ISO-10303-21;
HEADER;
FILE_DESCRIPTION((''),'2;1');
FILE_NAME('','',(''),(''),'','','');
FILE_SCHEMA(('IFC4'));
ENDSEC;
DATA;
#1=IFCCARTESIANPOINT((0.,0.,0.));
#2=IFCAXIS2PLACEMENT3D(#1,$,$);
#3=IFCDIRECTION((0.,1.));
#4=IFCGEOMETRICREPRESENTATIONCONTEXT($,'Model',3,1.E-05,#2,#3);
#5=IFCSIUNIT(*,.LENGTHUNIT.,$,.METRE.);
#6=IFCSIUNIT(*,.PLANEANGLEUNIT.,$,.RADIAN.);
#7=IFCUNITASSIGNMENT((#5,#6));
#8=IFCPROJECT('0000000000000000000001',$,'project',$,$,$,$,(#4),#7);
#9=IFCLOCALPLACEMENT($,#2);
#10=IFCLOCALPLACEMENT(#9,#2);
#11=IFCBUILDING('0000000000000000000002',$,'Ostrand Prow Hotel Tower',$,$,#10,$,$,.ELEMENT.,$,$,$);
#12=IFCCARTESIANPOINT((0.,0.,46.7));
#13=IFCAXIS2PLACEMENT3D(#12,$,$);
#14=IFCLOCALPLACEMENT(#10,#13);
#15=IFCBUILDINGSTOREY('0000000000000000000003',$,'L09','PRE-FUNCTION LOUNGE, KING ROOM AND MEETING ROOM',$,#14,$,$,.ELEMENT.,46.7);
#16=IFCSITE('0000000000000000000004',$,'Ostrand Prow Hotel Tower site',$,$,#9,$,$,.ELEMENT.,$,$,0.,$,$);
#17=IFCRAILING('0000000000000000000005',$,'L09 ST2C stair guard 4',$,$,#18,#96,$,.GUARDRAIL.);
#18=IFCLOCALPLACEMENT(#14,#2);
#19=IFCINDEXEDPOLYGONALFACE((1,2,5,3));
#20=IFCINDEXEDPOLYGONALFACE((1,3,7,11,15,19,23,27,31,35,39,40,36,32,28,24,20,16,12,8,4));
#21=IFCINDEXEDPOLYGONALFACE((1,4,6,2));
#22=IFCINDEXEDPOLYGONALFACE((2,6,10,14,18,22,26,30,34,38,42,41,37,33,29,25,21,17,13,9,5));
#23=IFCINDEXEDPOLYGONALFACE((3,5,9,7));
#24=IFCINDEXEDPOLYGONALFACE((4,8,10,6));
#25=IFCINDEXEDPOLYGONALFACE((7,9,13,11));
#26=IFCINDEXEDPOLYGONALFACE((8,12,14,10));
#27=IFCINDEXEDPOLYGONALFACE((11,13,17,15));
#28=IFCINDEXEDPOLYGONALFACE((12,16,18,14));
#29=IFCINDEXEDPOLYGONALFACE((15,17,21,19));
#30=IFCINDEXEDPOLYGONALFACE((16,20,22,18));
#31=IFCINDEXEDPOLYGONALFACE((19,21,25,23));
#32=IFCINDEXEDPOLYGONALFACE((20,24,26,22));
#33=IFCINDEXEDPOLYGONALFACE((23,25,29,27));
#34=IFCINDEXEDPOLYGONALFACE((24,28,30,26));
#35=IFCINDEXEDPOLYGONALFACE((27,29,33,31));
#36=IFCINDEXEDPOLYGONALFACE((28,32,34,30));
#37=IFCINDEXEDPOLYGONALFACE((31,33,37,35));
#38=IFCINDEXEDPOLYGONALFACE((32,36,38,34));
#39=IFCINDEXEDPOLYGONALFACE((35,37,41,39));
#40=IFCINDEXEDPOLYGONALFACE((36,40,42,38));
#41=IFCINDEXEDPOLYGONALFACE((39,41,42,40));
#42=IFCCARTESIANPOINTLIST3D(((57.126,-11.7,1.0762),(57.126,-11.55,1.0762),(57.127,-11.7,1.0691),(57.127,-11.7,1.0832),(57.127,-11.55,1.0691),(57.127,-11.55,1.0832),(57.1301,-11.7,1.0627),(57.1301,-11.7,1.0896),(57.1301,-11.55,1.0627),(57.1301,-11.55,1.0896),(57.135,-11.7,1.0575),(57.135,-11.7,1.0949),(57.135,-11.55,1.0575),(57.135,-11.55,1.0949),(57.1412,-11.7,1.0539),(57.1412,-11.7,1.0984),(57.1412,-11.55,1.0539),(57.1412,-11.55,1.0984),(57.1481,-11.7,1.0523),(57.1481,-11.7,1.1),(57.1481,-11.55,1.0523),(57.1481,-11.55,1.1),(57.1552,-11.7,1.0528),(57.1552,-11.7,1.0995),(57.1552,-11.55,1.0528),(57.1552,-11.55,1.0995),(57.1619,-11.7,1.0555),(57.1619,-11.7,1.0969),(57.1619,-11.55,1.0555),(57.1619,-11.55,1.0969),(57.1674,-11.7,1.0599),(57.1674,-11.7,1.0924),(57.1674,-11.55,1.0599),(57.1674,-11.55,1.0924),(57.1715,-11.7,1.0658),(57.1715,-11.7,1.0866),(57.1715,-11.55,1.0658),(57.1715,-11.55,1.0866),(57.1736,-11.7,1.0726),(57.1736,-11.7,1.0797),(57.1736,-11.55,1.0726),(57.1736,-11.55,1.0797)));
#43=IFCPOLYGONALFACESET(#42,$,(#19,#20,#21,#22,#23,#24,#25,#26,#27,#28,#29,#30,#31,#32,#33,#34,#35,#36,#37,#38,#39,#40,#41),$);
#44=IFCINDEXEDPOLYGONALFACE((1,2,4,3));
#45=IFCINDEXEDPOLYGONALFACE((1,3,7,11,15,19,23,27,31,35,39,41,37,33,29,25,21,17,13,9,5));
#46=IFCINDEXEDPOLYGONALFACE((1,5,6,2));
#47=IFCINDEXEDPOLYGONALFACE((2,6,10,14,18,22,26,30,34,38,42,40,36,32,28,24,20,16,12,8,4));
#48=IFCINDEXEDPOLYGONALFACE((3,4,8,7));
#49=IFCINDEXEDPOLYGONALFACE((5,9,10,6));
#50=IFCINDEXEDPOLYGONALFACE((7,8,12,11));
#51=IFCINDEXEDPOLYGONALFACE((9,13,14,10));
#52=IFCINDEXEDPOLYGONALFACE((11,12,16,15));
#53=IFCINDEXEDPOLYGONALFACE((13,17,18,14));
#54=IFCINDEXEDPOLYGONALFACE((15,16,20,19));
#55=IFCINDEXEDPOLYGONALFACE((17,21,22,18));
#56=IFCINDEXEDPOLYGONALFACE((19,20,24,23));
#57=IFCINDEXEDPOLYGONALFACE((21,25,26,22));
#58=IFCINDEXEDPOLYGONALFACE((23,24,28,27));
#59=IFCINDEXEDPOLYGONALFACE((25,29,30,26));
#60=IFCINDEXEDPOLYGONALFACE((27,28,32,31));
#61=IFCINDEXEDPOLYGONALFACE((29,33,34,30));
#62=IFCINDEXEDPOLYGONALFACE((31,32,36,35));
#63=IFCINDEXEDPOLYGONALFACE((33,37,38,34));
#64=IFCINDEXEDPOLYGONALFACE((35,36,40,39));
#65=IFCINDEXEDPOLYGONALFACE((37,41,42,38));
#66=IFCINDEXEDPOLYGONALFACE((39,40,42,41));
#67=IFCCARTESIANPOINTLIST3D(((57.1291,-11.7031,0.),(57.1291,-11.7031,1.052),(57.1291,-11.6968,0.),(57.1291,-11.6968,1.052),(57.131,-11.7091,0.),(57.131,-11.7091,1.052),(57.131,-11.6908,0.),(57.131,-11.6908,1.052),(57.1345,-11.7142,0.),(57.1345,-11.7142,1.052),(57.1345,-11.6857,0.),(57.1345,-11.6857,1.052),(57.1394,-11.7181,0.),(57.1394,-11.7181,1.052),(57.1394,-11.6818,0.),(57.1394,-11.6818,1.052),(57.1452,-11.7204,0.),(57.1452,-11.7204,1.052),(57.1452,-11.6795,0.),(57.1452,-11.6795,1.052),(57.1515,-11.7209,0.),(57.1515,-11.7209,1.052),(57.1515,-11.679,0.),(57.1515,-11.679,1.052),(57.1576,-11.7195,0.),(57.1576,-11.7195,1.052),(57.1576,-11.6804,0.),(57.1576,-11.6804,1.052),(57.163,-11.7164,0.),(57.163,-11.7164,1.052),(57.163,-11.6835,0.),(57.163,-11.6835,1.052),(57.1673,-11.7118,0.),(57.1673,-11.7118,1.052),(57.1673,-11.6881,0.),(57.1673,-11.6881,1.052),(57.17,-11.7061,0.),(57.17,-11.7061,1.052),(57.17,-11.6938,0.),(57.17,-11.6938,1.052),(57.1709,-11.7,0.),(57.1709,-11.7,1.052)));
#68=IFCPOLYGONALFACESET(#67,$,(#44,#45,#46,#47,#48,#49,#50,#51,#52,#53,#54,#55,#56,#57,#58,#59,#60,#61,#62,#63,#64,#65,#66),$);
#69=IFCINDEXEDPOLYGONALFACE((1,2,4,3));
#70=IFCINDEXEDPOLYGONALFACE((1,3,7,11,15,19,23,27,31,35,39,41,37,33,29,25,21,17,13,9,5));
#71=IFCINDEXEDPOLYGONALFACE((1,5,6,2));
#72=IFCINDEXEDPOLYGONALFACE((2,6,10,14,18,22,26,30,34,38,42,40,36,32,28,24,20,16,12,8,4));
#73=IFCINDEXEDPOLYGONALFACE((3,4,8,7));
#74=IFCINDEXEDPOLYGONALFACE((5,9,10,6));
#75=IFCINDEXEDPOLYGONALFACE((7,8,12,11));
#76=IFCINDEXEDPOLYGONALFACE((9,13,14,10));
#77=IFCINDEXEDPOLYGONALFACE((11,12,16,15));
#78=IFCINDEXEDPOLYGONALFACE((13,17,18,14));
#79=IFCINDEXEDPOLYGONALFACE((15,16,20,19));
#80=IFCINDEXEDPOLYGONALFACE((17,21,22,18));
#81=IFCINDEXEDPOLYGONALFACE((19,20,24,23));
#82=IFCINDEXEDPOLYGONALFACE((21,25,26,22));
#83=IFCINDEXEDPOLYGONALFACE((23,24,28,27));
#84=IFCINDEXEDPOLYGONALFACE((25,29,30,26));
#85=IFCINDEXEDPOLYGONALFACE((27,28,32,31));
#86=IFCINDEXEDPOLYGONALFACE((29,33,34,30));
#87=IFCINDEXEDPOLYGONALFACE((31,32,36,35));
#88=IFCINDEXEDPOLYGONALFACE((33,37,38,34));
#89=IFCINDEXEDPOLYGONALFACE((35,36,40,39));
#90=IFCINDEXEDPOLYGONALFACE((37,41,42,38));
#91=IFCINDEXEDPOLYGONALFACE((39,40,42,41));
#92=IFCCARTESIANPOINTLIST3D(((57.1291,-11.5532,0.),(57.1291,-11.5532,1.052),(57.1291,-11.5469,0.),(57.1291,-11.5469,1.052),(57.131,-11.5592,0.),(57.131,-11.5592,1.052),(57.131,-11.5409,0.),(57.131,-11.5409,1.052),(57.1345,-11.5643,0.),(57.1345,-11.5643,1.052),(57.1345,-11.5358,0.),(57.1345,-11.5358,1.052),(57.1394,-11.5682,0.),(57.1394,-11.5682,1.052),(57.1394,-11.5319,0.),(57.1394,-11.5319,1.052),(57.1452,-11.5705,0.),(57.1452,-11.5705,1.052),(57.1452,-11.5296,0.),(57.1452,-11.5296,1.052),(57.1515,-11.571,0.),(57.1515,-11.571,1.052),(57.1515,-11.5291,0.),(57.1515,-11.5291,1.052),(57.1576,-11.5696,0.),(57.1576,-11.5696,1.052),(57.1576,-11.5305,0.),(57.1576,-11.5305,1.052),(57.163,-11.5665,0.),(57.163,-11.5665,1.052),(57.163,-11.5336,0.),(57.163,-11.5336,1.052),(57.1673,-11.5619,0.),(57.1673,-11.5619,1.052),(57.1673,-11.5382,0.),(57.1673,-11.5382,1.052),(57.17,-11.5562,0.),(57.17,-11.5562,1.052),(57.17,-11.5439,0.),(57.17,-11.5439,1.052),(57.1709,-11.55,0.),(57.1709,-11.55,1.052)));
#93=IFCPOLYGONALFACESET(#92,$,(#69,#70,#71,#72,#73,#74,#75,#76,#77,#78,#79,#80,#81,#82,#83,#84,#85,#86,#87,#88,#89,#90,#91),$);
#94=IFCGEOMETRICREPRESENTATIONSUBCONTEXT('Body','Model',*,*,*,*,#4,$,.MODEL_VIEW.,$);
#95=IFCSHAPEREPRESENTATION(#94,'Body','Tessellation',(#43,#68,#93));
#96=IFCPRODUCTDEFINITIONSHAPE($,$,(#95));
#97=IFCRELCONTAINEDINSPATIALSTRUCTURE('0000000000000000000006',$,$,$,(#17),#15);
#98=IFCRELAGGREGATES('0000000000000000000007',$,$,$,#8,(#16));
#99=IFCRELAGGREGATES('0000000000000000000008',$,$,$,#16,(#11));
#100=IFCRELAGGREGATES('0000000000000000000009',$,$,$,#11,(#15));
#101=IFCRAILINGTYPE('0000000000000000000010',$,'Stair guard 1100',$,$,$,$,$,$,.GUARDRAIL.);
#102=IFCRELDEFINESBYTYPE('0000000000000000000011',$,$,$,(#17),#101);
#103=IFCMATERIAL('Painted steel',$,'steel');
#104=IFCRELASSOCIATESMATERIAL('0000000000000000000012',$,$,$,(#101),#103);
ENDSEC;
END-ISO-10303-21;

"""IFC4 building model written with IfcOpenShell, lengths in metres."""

from ifc_helpers import new_model, si_unit, direction, frame, origin, origin_2d, place, context, subcontext, project, spatial, circle, extrude, material, type_object, element, save


model = new_model("IFC4")

# Units and contexts
model_context = context("Model", 3, precision=1e-05, world=origin(), true_north=direction((0.0, 1.0)))
body_context = subcontext(model_context, "Body", "Model", "MODEL_VIEW")
ifc_project = project(units=[si_unit("LENGTHUNIT", "METRE"), si_unit("PLANEANGLEUNIT", "RADIAN")], contexts=[model_context])

# Site, building, storey
site_placement = place(None, origin())
site = spatial("IfcSite", under=ifc_project, at=site_placement, Name="Ostrand Prow Hotel Tower site", CompositionType="ELEMENT", RefElevation=0.0)
building_placement = place(site_placement, origin())
building = spatial("IfcBuilding", under=site, at=building_placement, Name="Ostrand Prow Hotel Tower", CompositionType="ELEMENT")
storey_placement = place(building_placement, frame((0.0, 0.0, 46.7)))
storey = spatial("IfcBuildingStorey", under=building, at=storey_placement, Name="L09", Description="PRE-FUNCTION LOUNGE, KING ROOM AND MEETING ROOM", CompositionType="ELEMENT", Elevation=46.7)

# Railing
ifc_material_1 = material(Name="Painted steel", Category="steel")
railing_type_1 = type_object("IfcRailingType", Name="Stair guard 1100", PredefinedType="GUARDRAIL", material=ifc_material_1)
railing_1_placement = place(storey_placement, frame((57.1499, -11.7, 0.0)))
element("IfcRailing", 1, at=railing_1_placement, inside=storey, type_object=railing_type_1, Name="L09 ST2C stair guard 4", PredefinedType="GUARDRAIL", context=body_context, shape_type="SweptSolid", body=[
    extrude(circle(Radius=0.0239, at=origin_2d()), frame((0.0, 0.0, 1.0762), z_axis=(0.0, 1.0, 0.0), x_axis=(-1.0, 0.0, 0.0)), (0.0, 0.0, 1.0), 0.1499),
    extrude(circle(Radius=0.021, at=origin_2d()), origin(), (0.0, 0.0, 1.0), 1.052),
    extrude(circle(Radius=0.021, at=origin_2d()), frame((0.0, 0.1499, 0.0)), (0.0, 0.0, 1.0), 1.052),
])

save(model, "model.ifc")
